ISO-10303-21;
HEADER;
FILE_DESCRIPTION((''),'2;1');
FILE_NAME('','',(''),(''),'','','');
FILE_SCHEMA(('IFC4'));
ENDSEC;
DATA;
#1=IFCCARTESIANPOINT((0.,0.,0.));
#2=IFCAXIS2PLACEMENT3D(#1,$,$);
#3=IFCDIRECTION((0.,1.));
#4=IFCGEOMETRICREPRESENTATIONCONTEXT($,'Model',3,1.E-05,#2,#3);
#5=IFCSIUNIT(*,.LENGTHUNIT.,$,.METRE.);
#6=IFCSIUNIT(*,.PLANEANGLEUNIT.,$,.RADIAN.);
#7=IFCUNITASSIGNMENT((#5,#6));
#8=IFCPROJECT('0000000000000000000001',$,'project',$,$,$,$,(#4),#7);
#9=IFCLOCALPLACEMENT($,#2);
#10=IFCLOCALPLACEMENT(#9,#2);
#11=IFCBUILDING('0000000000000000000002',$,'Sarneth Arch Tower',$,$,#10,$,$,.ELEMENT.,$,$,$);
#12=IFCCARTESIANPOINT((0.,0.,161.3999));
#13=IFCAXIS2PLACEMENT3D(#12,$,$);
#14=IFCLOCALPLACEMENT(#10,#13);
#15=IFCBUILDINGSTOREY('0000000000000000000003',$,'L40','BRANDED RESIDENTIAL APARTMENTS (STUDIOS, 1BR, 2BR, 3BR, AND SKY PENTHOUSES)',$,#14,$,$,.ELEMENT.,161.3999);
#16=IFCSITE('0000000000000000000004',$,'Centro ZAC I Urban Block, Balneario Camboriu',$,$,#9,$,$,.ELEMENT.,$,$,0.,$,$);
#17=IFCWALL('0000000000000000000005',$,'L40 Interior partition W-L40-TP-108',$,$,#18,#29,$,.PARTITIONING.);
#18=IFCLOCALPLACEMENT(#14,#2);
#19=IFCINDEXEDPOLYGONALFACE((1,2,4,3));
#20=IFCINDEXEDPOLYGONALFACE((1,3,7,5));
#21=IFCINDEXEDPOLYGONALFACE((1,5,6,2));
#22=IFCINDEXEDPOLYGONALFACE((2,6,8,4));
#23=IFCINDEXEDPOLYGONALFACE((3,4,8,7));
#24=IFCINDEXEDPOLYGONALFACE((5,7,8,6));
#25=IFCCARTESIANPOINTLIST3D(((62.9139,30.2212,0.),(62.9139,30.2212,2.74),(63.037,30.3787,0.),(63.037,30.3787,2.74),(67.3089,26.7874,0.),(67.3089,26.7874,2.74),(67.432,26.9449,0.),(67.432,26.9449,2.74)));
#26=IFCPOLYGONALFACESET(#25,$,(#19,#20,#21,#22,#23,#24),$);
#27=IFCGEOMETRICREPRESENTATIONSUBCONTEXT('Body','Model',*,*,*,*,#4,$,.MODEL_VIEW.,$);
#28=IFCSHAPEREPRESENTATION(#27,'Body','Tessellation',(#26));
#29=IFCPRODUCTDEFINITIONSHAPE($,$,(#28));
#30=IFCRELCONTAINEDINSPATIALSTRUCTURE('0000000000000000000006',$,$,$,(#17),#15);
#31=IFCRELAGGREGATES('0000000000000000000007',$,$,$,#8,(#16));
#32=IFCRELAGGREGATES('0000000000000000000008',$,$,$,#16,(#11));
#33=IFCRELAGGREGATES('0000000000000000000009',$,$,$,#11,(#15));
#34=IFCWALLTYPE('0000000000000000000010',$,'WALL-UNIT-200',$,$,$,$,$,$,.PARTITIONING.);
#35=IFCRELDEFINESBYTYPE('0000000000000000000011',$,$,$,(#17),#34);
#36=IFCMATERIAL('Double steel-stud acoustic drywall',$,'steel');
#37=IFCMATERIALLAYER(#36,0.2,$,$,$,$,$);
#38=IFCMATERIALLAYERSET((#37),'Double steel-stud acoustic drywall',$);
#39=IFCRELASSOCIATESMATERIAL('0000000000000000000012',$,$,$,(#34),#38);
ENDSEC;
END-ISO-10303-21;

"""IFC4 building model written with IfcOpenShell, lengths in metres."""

from ifc_helpers import new_model, si_unit, direction, frame, frame_2d, origin, place, context, subcontext, project, spatial, rectangle, extrude, material, layer, layer_set, type_object, element, save


model = new_model("IFC4")

# Units and contexts
model_context = context("Model", 3, precision=1e-05, world=origin(), true_north=direction((0.0, 1.0)))
body_context = subcontext(model_context, "Body", "Model", "MODEL_VIEW")
ifc_project = project(units=[si_unit("LENGTHUNIT", "METRE"), si_unit("PLANEANGLEUNIT", "RADIAN")], contexts=[model_context])

# Site, building, storey
site_placement = place(None, origin())
site = spatial("IfcSite", under=ifc_project, at=site_placement, Name="Centro ZAC I Urban Block, Balneario Camboriu", CompositionType="ELEMENT", RefElevation=0.0)
building_placement = place(site_placement, origin())
building = spatial("IfcBuilding", under=site, at=building_placement, Name="Sarneth Arch Tower", CompositionType="ELEMENT")
storey_placement = place(building_placement, frame((0.0, 0.0, 161.3999)))
storey = spatial("IfcBuildingStorey", under=building, at=storey_placement, Name="L40", Description="BRANDED RESIDENTIAL APARTMENTS (STUDIOS, 1BR, 2BR, 3BR, AND SKY PENTHOUSES)", CompositionType="ELEMENT", Elevation=161.3999)

# Wall
ifc_material_1 = material(Name="Double steel-stud acoustic drywall", Category="steel")
ifc_layer_1 = layer(ifc_material_1, 0.2)
ifc_layer_set_1 = layer_set([ifc_layer_1], Name="Double steel-stud acoustic drywall")
wall_type_1 = type_object("IfcWallType", Name="WALL-UNIT-200", PredefinedType="PARTITIONING", material=ifc_layer_set_1)
wall_1_placement = place(storey_placement, frame((67.3704, 26.8662, 0.0), z_axis=(0.0, 0.0, 1.0), x_axis=(-0.788004, 0.61567, 0.0)))
element("IfcWall", 1, at=wall_1_placement, inside=storey, type_object=wall_type_1, Name="L40 Interior partition W-L40-TP-108", PredefinedType="PARTITIONING", context=body_context, shape_type="SweptSolid", body=[
    extrude(rectangle(XDim=5.5774, YDim=0.2, at=frame_2d((2.7886, 0.0))), origin(), (0.0, 0.0, 1.0), 2.74),
])

save(model, "model.ifc")
